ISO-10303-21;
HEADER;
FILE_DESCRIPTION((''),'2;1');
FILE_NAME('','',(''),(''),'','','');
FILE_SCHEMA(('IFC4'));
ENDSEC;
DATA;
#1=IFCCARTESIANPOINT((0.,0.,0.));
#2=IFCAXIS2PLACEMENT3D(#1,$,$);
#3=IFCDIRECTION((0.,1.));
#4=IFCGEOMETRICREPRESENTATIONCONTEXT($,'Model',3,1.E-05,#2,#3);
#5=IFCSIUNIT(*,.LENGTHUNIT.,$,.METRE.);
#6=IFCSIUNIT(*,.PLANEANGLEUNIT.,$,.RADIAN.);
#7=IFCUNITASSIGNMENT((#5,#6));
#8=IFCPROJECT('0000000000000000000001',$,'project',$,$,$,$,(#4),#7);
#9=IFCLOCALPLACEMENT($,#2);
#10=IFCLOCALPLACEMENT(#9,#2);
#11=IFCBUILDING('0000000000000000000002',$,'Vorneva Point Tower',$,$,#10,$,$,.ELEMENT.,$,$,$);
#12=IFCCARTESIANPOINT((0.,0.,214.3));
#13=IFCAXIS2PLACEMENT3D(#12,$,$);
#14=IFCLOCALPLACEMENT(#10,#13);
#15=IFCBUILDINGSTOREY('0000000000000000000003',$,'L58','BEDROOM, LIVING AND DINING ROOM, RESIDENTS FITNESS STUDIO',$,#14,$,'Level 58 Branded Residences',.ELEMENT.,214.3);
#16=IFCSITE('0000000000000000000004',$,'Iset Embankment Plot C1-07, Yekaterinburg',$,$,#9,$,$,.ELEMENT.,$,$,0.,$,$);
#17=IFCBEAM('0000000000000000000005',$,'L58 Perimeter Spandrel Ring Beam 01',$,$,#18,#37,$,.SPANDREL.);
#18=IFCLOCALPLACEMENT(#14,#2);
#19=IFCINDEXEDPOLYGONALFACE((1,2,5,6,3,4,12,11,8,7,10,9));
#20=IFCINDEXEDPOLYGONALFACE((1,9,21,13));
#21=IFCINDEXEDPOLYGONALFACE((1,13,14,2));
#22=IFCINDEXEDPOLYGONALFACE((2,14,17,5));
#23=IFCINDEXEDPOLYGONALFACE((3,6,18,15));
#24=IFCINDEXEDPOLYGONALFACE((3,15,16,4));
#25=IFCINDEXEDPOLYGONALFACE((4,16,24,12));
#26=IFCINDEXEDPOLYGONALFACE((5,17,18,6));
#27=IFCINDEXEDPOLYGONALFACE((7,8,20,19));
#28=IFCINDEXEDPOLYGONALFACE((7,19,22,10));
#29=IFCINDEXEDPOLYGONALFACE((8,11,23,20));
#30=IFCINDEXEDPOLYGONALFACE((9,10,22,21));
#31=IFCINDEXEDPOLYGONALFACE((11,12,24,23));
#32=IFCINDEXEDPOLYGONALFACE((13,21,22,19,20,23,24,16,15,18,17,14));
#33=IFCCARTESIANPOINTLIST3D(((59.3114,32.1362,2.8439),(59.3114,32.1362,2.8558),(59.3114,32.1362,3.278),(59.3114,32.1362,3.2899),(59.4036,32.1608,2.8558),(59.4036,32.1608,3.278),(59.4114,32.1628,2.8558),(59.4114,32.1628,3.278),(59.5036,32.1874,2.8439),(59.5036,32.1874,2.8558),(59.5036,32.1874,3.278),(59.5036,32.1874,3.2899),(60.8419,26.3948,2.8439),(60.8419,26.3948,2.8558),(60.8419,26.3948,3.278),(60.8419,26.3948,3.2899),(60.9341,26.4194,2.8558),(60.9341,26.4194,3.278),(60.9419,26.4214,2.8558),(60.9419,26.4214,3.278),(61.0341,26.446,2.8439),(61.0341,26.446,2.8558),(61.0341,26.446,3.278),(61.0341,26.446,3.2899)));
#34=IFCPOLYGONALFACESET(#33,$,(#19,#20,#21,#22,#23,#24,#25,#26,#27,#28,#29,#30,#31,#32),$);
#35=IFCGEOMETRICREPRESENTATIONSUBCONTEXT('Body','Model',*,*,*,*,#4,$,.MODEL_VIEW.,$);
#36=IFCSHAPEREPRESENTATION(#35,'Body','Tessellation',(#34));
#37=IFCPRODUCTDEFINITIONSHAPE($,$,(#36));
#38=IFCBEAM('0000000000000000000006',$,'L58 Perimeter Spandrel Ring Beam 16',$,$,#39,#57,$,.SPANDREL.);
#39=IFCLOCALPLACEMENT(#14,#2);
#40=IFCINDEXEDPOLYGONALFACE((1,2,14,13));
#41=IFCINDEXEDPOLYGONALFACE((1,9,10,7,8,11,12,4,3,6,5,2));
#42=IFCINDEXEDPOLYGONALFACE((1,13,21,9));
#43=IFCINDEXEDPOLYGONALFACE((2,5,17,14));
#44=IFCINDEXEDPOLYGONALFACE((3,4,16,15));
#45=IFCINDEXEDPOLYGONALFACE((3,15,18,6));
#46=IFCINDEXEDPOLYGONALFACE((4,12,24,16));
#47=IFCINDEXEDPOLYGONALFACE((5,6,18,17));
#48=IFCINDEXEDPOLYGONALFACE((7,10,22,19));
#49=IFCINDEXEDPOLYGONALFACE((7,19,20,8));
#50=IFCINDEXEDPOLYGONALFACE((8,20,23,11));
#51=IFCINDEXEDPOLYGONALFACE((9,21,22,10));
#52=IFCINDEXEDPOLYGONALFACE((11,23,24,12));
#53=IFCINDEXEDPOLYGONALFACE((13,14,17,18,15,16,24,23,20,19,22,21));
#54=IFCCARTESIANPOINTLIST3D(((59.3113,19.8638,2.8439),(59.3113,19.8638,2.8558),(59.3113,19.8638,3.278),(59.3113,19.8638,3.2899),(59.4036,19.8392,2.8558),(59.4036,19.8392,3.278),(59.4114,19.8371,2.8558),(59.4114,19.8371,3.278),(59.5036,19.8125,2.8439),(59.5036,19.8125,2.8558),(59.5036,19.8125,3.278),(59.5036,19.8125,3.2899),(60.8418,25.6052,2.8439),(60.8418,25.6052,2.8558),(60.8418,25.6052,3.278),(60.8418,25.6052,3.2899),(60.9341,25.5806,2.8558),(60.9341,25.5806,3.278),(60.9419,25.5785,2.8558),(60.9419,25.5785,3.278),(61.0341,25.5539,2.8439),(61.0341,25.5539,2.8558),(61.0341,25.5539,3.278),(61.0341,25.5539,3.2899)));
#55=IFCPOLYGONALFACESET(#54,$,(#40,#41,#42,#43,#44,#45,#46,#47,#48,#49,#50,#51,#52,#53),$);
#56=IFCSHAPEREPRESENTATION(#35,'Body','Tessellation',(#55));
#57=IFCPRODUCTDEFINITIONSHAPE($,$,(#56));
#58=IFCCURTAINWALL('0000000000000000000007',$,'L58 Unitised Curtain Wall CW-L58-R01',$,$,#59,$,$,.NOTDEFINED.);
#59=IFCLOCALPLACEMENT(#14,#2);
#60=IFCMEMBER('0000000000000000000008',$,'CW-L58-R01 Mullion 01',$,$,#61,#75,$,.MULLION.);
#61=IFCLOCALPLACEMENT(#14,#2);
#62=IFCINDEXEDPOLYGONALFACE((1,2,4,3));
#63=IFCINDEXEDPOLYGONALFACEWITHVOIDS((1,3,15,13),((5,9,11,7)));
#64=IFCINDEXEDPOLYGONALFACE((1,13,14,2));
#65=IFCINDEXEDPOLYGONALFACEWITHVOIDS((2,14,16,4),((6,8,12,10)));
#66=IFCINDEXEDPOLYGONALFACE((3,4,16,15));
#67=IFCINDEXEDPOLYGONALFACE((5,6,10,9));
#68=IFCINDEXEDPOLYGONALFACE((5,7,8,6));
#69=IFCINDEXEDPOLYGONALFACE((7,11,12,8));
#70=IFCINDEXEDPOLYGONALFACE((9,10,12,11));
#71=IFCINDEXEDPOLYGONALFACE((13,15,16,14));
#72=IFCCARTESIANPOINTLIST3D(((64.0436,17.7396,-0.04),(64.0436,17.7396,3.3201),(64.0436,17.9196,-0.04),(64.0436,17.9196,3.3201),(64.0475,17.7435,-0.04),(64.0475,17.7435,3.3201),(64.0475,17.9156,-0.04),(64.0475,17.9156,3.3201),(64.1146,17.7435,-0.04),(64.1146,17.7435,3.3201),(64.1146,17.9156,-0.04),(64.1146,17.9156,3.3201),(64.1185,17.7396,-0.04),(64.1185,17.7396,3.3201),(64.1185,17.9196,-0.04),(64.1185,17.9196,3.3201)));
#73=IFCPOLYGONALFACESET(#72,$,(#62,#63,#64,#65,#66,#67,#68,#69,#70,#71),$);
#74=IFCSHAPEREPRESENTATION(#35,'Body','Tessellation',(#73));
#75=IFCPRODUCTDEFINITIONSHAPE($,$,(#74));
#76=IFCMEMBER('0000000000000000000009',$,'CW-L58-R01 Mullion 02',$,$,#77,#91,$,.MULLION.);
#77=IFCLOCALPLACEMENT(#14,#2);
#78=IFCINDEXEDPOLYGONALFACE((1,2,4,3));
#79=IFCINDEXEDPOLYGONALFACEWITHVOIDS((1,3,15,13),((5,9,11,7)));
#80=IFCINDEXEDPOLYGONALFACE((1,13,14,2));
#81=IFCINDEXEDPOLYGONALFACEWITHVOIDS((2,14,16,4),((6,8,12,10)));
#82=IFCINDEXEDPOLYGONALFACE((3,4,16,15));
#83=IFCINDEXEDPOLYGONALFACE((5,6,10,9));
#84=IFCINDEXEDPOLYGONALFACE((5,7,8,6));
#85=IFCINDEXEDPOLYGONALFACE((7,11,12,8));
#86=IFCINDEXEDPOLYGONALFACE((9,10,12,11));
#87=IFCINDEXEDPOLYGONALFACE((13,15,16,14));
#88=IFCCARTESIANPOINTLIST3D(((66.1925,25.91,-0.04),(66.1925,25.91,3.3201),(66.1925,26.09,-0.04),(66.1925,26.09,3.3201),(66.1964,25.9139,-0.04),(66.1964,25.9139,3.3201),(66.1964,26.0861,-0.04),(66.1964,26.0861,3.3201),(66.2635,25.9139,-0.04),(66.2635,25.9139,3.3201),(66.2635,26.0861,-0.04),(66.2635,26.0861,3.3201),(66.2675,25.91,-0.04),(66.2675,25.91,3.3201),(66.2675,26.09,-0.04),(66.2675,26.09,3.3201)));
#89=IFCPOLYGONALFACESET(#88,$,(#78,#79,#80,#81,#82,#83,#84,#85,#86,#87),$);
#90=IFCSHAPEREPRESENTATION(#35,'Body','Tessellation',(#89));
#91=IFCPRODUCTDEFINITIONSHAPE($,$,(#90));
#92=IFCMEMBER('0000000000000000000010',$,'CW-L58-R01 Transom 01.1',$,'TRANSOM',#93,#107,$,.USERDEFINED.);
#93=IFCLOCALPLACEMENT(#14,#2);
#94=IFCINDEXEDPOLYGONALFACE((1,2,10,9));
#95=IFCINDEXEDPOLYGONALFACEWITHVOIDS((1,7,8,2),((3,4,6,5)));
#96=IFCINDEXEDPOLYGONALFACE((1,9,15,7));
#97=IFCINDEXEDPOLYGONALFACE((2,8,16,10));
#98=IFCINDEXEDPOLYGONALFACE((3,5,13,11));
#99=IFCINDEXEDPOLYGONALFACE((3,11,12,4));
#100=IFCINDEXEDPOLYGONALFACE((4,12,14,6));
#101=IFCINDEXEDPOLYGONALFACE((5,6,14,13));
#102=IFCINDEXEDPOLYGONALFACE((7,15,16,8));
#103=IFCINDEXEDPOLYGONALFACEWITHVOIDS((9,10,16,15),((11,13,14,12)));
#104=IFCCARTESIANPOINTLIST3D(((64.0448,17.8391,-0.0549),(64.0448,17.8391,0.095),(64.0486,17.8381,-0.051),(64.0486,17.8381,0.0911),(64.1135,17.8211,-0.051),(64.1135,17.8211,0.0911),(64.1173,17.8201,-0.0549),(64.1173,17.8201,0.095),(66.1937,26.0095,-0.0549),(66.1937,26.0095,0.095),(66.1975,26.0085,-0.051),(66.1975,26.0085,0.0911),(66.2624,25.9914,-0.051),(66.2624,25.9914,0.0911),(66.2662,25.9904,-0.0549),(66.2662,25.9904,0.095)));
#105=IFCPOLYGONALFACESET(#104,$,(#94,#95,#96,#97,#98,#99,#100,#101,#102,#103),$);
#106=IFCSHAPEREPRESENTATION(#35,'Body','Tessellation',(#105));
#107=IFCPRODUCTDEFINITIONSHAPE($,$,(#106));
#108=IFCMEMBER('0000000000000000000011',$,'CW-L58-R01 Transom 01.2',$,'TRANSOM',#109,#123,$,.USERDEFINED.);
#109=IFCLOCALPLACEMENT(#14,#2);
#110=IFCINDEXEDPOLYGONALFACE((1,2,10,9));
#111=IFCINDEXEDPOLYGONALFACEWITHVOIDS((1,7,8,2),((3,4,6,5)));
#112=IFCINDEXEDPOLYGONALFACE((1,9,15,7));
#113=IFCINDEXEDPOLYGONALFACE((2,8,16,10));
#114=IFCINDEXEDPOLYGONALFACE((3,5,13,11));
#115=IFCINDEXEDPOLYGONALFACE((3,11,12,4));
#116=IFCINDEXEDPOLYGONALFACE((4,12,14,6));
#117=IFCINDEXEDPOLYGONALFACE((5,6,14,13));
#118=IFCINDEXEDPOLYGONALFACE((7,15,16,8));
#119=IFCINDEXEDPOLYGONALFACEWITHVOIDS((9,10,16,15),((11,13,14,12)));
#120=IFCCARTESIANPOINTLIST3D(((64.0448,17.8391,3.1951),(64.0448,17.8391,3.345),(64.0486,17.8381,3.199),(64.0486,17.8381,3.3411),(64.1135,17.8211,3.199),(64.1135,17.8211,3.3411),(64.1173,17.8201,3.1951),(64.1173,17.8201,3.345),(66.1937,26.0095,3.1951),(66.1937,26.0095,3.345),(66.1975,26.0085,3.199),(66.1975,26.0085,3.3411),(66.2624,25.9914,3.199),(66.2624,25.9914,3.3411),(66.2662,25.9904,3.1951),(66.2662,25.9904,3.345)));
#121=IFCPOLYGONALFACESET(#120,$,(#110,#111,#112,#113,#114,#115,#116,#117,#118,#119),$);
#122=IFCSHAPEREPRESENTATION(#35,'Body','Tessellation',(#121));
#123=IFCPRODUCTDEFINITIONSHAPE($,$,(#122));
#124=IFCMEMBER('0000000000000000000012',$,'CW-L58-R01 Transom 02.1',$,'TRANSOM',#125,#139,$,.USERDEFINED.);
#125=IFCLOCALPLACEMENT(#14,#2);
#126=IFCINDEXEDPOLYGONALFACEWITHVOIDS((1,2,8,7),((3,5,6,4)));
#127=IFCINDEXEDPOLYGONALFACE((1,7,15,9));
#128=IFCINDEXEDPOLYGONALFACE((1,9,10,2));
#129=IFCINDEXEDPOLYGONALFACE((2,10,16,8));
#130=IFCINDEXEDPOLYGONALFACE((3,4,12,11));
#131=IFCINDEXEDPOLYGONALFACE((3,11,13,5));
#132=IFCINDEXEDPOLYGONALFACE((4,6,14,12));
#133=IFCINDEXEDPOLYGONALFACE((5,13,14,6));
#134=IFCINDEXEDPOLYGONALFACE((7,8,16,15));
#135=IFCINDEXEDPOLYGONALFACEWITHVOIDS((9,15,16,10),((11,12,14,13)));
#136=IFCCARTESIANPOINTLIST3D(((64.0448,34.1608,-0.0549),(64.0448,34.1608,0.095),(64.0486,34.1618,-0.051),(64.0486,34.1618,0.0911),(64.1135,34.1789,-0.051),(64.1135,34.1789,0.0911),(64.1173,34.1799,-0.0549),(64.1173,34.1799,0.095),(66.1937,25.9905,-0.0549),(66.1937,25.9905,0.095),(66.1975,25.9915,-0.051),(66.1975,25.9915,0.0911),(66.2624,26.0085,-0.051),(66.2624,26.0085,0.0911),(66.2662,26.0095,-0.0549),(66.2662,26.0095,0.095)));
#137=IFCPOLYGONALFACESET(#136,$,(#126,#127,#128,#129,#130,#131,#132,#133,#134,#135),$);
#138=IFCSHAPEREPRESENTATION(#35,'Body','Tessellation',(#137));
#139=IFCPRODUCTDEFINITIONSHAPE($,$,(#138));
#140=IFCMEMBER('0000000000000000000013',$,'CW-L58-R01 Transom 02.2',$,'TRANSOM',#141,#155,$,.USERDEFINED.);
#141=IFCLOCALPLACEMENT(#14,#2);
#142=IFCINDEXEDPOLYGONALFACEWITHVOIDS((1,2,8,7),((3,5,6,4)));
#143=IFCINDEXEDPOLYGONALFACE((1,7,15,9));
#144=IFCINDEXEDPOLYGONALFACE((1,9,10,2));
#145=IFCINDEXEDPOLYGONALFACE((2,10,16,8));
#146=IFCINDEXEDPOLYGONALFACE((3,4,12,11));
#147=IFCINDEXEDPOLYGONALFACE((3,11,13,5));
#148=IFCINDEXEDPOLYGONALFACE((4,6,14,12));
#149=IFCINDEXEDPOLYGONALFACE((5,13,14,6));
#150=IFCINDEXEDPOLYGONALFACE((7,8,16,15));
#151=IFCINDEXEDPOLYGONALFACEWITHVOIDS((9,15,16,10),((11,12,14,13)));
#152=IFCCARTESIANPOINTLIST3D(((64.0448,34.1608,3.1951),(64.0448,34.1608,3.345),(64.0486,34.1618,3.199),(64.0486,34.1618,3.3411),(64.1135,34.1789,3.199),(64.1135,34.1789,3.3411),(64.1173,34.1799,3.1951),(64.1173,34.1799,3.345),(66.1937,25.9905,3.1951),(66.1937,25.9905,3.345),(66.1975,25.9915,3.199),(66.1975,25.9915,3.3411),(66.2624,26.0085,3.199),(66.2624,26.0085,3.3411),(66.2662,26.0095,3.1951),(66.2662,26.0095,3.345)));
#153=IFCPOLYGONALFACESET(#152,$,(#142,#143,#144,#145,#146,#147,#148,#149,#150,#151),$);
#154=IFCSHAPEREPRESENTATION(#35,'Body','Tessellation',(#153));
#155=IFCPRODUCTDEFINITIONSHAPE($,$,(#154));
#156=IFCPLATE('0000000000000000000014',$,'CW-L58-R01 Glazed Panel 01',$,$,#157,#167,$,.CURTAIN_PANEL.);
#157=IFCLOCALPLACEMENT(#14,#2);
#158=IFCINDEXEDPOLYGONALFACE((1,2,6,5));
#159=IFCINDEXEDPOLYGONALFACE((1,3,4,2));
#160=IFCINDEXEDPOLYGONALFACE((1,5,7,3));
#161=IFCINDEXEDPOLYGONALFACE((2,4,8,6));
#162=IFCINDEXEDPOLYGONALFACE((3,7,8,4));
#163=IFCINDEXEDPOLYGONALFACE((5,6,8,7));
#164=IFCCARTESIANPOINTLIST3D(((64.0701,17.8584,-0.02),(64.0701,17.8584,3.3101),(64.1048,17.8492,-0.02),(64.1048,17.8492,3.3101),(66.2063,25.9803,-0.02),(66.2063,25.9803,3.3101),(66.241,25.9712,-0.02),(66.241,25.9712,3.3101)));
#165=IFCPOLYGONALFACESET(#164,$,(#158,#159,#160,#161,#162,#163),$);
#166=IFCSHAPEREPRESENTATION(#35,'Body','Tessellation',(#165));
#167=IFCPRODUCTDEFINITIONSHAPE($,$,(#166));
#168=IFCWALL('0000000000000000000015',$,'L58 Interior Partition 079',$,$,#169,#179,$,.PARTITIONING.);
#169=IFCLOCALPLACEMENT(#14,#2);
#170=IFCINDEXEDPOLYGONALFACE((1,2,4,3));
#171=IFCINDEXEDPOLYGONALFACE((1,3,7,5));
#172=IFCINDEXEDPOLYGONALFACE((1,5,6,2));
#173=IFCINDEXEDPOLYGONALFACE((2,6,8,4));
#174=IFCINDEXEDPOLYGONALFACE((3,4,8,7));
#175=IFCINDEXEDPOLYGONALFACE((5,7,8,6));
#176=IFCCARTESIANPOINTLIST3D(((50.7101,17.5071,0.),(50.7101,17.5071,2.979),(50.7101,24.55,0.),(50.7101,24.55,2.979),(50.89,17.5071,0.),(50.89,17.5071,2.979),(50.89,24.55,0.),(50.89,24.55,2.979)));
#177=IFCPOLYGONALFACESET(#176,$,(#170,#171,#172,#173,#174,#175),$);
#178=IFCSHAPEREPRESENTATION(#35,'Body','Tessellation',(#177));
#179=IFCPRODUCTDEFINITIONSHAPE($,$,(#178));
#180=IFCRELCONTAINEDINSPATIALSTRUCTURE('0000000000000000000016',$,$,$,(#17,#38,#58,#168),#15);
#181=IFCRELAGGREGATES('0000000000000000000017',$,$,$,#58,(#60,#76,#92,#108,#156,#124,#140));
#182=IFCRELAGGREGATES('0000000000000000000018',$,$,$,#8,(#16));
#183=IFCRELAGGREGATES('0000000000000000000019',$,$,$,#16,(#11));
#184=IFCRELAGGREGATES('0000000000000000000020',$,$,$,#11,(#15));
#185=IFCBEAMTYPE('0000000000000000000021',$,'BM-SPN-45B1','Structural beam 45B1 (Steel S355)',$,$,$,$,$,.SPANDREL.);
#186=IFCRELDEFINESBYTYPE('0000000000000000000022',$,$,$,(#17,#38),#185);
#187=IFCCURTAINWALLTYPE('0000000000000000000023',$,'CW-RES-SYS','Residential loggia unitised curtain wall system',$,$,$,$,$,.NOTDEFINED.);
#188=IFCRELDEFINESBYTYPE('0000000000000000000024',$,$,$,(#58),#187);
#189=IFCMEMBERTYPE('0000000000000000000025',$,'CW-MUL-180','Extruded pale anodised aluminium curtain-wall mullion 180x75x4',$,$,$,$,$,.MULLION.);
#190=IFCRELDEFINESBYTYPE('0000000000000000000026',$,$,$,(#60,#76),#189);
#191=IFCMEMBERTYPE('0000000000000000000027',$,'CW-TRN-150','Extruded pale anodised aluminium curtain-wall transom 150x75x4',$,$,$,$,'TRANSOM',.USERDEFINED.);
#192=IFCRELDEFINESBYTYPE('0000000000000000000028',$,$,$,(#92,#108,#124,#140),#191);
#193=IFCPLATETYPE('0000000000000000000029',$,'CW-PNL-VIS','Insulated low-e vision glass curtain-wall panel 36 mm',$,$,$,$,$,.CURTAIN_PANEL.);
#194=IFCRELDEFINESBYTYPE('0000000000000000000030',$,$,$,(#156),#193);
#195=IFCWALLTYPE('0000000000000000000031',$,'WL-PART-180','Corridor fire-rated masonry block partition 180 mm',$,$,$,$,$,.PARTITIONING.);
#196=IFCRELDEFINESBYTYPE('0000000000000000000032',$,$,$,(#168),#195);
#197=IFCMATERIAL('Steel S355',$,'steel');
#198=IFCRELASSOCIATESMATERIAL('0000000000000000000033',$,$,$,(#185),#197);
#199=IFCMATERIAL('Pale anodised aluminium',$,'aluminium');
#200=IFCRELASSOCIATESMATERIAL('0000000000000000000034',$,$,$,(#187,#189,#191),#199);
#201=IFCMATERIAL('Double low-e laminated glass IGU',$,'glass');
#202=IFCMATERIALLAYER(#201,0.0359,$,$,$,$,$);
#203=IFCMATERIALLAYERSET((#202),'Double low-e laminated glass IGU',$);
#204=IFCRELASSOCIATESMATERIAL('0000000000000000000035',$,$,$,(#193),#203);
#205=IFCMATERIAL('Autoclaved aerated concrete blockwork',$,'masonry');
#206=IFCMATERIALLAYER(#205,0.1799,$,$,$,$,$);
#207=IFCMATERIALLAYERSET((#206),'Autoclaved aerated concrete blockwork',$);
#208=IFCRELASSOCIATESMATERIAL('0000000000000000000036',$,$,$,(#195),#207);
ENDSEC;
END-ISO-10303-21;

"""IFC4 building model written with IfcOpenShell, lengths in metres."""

from ifc_helpers import new_model, si_unit, direction, frame, frame_2d, origin, origin_2d, place, context, subcontext, project, spatial, rectangle, hollow_rectangle, i_section, extrude, material, layer, layer_set, material_profile, profile_set, type_object, element, aggregate, save


model = new_model("IFC4")

# Units and contexts
model_context = context("Model", 3, precision=1e-05, world=origin(), true_north=direction((0.0, 1.0)))
body_context = subcontext(model_context, "Body", "Model", "MODEL_VIEW")
ifc_project = project(units=[si_unit("LENGTHUNIT", "METRE"), si_unit("PLANEANGLEUNIT", "RADIAN")], contexts=[model_context])

# Site, building, storey
site_placement = place(None, origin())
site = spatial("IfcSite", under=ifc_project, at=site_placement, Name="Iset Embankment Plot C1-07, Yekaterinburg", CompositionType="ELEMENT", RefElevation=0.0)
building_placement = place(site_placement, origin())
building = spatial("IfcBuilding", under=site, at=building_placement, Name="Vorneva Point Tower", CompositionType="ELEMENT")
storey_placement = place(building_placement, frame((0.0, 0.0, 214.3)))
storey = spatial("IfcBuildingStorey", under=building, at=storey_placement, Name="L58", Description="BEDROOM, LIVING AND DINING ROOM, RESIDENTS FITNESS STUDIO", LongName="Level 58 Branded Residences", CompositionType="ELEMENT", Elevation=214.3)

# Beams
ifc_material_1 = material(Name="Steel S355", Category="steel")
ifc_material_profile_1 = material_profile(ifc_material_1, i_section(OverallWidth=0.199, OverallDepth=0.446, WebThickness=0.0081, FlangeThickness=0.012, at=origin_2d()), Name="45B1")
ifc_profile_set_1 = profile_set([ifc_material_profile_1], Name="Steel S355")
beam_type_1 = type_object("IfcBeamType", Name="BM-SPN-45B1", Description="Structural beam 45B1 (Steel S355)", PredefinedType="SPANDREL", material=ifc_profile_set_1)
for number, where, z_axis, x_axis, name in (
    (1, (60.938, 26.4204, 3.0669), (-0.257578, 0.966257, 0.0), (-0.966257, -0.257578, 0.0), "L58 Perimeter Spandrel Ring Beam 01"),
    (2, (59.4075, 19.8381, 3.0669), (0.257578, 0.966257, 0.0), (-0.966257, 0.257578, 0.0), "L58 Perimeter Spandrel Ring Beam 16"),
):
    element("IfcBeam", number, at=place(storey_placement, frame(where, z_axis=z_axis, x_axis=x_axis)), inside=storey, type_object=beam_type_1, Name=name, PredefinedType="SPANDREL", context=body_context, shape_type="SweptSolid", body=[
        extrude(i_section(OverallWidth=0.199, OverallDepth=0.446, WebThickness=0.0081, FlangeThickness=0.012, at=origin_2d()), origin(), (0.0, 0.0, 1.0), 5.9419),
    ])

# Curtain wall, members, plate
ifc_material_2 = material(Name="Pale anodised aluminium", Category="aluminium")
curtain_wall_type = type_object("IfcCurtainWallType", Name="CW-RES-SYS", Description="Residential loggia unitised curtain wall system", PredefinedType="NOTDEFINED", material=ifc_material_2)
curtain_wall_placement = place(storey_placement, origin())
curtain_wall = element("IfcCurtainWall", 3, at=curtain_wall_placement, inside=storey, type_object=curtain_wall_type, Name="L58 Unitised Curtain Wall CW-L58-R01", PredefinedType="NOTDEFINED")
ifc_material_profile_2 = material_profile(ifc_material_2, hollow_rectangle(XDim=0.075, YDim=0.1799, WallThickness=0.0039, at=origin_2d()), Name="AL-MUL 180x75x4")
ifc_profile_set_2 = profile_set([ifc_material_profile_2], Name="Pale anodised aluminium")
member_type_1 = type_object("IfcMemberType", Name="CW-MUL-180", Description="Extruded pale anodised aluminium curtain-wall mullion 180x75x4", PredefinedType="MULLION", material=ifc_profile_set_2)
member_1_placement = place(storey_placement, frame((64.0811, 17.8296, -0.04), z_axis=(0.0, 0.0, 1.0), x_axis=(1.0, 0.0, 0.0)))
member_1 = element("IfcMember", 4, at=member_1_placement, type_object=member_type_1, Name="CW-L58-R01 Mullion 01", PredefinedType="MULLION", context=body_context, shape_type="SweptSolid", body=[
    extrude(hollow_rectangle(XDim=0.075, YDim=0.1799, WallThickness=0.0039, at=origin_2d()), origin(), (0.0, 0.0, 1.0), 3.3601),
])
member_2_placement = place(storey_placement, frame((66.23, 26.0, -0.04), z_axis=(0.0, 0.0, 1.0), x_axis=(1.0, 0.0, 0.0)))
member_2 = element("IfcMember", 5, at=member_2_placement, type_object=member_type_1, Name="CW-L58-R01 Mullion 02", PredefinedType="MULLION", context=body_context, shape_type="SweptSolid", body=[
    extrude(hollow_rectangle(XDim=0.075, YDim=0.1799, WallThickness=0.0039, at=origin_2d()), origin(), (0.0, 0.0, 1.0), 3.3601),
])
ifc_material_profile_3 = material_profile(ifc_material_2, hollow_rectangle(XDim=0.075, YDim=0.1499, WallThickness=0.0039, at=origin_2d()), Name="AL-TRN 150x75x4")
ifc_profile_set_3 = profile_set([ifc_material_profile_3], Name="Pale anodised aluminium")
member_type_2 = type_object("IfcMemberType", Name="CW-TRN-150", Description="Extruded pale anodised aluminium curtain-wall transom 150x75x4", ElementType="TRANSOM", PredefinedType="USERDEFINED", material=ifc_profile_set_3)
member_3_placement = place(storey_placement, frame((64.0811, 17.8296, 0.02), z_axis=(0.254362, 0.967109, 0.0), x_axis=(-0.967109, 0.254362, 0.0)))
member_3 = element("IfcMember", 6, at=member_3_placement, type_object=member_type_2, Name="CW-L58-R01 Transom 01.1", ObjectType="TRANSOM", PredefinedType="USERDEFINED", context=body_context, shape_type="SweptSolid", body=[
    extrude(hollow_rectangle(XDim=0.075, YDim=0.1499, WallThickness=0.0039, at=origin_2d()), origin(), (0.0, 0.0, 1.0), 8.4482),
])
member_4_placement = place(storey_placement, frame((64.0811, 17.8296, 3.27), z_axis=(0.254362, 0.967109, 0.0), x_axis=(-0.967109, 0.254362, 0.0)))
member_4 = element("IfcMember", 7, at=member_4_placement, type_object=member_type_2, Name="CW-L58-R01 Transom 01.2", ObjectType="TRANSOM", PredefinedType="USERDEFINED", context=body_context, shape_type="SweptSolid", body=[
    extrude(hollow_rectangle(XDim=0.075, YDim=0.1499, WallThickness=0.0039, at=origin_2d()), origin(), (0.0, 0.0, 1.0), 8.4482),
])
member_5_placement = place(storey_placement, frame((66.23, 26.0, 0.02), z_axis=(-0.254362, 0.967109, 0.0), x_axis=(-0.967109, -0.254362, 0.0)))
member_5 = element("IfcMember", 8, at=member_5_placement, type_object=member_type_2, Name="CW-L58-R01 Transom 02.1", ObjectType="TRANSOM", PredefinedType="USERDEFINED", context=body_context, shape_type="SweptSolid", body=[
    extrude(hollow_rectangle(XDim=0.075, YDim=0.1499, WallThickness=0.0039, at=origin_2d()), origin(), (0.0, 0.0, 1.0), 8.4482),
])
member_6_placement = place(storey_placement, frame((66.23, 26.0, 3.27), z_axis=(-0.254362, 0.967109, 0.0), x_axis=(-0.967109, -0.254362, 0.0)))
member_6 = element("IfcMember", 9, at=member_6_placement, type_object=member_type_2, Name="CW-L58-R01 Transom 02.2", ObjectType="TRANSOM", PredefinedType="USERDEFINED", context=body_context, shape_type="SweptSolid", body=[
    extrude(hollow_rectangle(XDim=0.075, YDim=0.1499, WallThickness=0.0039, at=origin_2d()), origin(), (0.0, 0.0, 1.0), 8.4482),
])
ifc_material_3 = material(Name="Double low-e laminated glass IGU", Category="glass")
ifc_layer_1 = layer(ifc_material_3, 0.0359)
ifc_layer_set_1 = layer_set([ifc_layer_1], Name="Double low-e laminated glass IGU")
plate_type = type_object("IfcPlateType", Name="CW-PNL-VIS", Description="Insulated low-e vision glass curtain-wall panel 36 mm", PredefinedType="CURTAIN_PANEL", material=ifc_layer_set_1)
plate_placement = place(storey_placement, frame((65.1555, 21.9148, -0.02), z_axis=(0.0, 0.0, 1.0), x_axis=(0.254366, 0.967108, 0.0)))
plate = element("IfcPlate", 10, at=plate_placement, type_object=plate_type, Name="CW-L58-R01 Glazed Panel 01", PredefinedType="CURTAIN_PANEL", context=body_context, shape_type="SweptSolid", body=[
    extrude(rectangle(XDim=8.3982, YDim=0.0359, at=origin_2d()), origin(), (0.0, 0.0, 1.0), 3.3301),
])
aggregate(curtain_wall, [member_1, member_2, member_3, member_4, plate, member_5, member_6])

# Shared definitions
ifc_material_4 = material(Name="Autoclaved aerated concrete blockwork", Category="masonry")
ifc_layer_2 = layer(ifc_material_4, 0.1799)
ifc_layer_set_2 = layer_set([ifc_layer_2], Name="Autoclaved aerated concrete blockwork")
wall_type_1 = type_object("IfcWallType", Name="WL-PART-180", Description="Corridor fire-rated masonry block partition 180 mm", PredefinedType="PARTITIONING", material=ifc_layer_set_2)

# Wall
wall_1_placement = place(storey_placement, frame((50.8, 17.5071, 0.0), z_axis=(0.0, 0.0, 1.0), x_axis=(0.0, 1.0, 0.0)))
element("IfcWall", 11, at=wall_1_placement, inside=storey, type_object=wall_type_1, Name="L58 Interior Partition 079", PredefinedType="PARTITIONING", context=body_context, shape_type="SweptSolid", body=[
    extrude(rectangle(XDim=7.043, YDim=0.1799, at=frame_2d((3.5215, 0.0))), origin(), (0.0, 0.0, 1.0), 2.979),
])

save(model, "model.ifc")
